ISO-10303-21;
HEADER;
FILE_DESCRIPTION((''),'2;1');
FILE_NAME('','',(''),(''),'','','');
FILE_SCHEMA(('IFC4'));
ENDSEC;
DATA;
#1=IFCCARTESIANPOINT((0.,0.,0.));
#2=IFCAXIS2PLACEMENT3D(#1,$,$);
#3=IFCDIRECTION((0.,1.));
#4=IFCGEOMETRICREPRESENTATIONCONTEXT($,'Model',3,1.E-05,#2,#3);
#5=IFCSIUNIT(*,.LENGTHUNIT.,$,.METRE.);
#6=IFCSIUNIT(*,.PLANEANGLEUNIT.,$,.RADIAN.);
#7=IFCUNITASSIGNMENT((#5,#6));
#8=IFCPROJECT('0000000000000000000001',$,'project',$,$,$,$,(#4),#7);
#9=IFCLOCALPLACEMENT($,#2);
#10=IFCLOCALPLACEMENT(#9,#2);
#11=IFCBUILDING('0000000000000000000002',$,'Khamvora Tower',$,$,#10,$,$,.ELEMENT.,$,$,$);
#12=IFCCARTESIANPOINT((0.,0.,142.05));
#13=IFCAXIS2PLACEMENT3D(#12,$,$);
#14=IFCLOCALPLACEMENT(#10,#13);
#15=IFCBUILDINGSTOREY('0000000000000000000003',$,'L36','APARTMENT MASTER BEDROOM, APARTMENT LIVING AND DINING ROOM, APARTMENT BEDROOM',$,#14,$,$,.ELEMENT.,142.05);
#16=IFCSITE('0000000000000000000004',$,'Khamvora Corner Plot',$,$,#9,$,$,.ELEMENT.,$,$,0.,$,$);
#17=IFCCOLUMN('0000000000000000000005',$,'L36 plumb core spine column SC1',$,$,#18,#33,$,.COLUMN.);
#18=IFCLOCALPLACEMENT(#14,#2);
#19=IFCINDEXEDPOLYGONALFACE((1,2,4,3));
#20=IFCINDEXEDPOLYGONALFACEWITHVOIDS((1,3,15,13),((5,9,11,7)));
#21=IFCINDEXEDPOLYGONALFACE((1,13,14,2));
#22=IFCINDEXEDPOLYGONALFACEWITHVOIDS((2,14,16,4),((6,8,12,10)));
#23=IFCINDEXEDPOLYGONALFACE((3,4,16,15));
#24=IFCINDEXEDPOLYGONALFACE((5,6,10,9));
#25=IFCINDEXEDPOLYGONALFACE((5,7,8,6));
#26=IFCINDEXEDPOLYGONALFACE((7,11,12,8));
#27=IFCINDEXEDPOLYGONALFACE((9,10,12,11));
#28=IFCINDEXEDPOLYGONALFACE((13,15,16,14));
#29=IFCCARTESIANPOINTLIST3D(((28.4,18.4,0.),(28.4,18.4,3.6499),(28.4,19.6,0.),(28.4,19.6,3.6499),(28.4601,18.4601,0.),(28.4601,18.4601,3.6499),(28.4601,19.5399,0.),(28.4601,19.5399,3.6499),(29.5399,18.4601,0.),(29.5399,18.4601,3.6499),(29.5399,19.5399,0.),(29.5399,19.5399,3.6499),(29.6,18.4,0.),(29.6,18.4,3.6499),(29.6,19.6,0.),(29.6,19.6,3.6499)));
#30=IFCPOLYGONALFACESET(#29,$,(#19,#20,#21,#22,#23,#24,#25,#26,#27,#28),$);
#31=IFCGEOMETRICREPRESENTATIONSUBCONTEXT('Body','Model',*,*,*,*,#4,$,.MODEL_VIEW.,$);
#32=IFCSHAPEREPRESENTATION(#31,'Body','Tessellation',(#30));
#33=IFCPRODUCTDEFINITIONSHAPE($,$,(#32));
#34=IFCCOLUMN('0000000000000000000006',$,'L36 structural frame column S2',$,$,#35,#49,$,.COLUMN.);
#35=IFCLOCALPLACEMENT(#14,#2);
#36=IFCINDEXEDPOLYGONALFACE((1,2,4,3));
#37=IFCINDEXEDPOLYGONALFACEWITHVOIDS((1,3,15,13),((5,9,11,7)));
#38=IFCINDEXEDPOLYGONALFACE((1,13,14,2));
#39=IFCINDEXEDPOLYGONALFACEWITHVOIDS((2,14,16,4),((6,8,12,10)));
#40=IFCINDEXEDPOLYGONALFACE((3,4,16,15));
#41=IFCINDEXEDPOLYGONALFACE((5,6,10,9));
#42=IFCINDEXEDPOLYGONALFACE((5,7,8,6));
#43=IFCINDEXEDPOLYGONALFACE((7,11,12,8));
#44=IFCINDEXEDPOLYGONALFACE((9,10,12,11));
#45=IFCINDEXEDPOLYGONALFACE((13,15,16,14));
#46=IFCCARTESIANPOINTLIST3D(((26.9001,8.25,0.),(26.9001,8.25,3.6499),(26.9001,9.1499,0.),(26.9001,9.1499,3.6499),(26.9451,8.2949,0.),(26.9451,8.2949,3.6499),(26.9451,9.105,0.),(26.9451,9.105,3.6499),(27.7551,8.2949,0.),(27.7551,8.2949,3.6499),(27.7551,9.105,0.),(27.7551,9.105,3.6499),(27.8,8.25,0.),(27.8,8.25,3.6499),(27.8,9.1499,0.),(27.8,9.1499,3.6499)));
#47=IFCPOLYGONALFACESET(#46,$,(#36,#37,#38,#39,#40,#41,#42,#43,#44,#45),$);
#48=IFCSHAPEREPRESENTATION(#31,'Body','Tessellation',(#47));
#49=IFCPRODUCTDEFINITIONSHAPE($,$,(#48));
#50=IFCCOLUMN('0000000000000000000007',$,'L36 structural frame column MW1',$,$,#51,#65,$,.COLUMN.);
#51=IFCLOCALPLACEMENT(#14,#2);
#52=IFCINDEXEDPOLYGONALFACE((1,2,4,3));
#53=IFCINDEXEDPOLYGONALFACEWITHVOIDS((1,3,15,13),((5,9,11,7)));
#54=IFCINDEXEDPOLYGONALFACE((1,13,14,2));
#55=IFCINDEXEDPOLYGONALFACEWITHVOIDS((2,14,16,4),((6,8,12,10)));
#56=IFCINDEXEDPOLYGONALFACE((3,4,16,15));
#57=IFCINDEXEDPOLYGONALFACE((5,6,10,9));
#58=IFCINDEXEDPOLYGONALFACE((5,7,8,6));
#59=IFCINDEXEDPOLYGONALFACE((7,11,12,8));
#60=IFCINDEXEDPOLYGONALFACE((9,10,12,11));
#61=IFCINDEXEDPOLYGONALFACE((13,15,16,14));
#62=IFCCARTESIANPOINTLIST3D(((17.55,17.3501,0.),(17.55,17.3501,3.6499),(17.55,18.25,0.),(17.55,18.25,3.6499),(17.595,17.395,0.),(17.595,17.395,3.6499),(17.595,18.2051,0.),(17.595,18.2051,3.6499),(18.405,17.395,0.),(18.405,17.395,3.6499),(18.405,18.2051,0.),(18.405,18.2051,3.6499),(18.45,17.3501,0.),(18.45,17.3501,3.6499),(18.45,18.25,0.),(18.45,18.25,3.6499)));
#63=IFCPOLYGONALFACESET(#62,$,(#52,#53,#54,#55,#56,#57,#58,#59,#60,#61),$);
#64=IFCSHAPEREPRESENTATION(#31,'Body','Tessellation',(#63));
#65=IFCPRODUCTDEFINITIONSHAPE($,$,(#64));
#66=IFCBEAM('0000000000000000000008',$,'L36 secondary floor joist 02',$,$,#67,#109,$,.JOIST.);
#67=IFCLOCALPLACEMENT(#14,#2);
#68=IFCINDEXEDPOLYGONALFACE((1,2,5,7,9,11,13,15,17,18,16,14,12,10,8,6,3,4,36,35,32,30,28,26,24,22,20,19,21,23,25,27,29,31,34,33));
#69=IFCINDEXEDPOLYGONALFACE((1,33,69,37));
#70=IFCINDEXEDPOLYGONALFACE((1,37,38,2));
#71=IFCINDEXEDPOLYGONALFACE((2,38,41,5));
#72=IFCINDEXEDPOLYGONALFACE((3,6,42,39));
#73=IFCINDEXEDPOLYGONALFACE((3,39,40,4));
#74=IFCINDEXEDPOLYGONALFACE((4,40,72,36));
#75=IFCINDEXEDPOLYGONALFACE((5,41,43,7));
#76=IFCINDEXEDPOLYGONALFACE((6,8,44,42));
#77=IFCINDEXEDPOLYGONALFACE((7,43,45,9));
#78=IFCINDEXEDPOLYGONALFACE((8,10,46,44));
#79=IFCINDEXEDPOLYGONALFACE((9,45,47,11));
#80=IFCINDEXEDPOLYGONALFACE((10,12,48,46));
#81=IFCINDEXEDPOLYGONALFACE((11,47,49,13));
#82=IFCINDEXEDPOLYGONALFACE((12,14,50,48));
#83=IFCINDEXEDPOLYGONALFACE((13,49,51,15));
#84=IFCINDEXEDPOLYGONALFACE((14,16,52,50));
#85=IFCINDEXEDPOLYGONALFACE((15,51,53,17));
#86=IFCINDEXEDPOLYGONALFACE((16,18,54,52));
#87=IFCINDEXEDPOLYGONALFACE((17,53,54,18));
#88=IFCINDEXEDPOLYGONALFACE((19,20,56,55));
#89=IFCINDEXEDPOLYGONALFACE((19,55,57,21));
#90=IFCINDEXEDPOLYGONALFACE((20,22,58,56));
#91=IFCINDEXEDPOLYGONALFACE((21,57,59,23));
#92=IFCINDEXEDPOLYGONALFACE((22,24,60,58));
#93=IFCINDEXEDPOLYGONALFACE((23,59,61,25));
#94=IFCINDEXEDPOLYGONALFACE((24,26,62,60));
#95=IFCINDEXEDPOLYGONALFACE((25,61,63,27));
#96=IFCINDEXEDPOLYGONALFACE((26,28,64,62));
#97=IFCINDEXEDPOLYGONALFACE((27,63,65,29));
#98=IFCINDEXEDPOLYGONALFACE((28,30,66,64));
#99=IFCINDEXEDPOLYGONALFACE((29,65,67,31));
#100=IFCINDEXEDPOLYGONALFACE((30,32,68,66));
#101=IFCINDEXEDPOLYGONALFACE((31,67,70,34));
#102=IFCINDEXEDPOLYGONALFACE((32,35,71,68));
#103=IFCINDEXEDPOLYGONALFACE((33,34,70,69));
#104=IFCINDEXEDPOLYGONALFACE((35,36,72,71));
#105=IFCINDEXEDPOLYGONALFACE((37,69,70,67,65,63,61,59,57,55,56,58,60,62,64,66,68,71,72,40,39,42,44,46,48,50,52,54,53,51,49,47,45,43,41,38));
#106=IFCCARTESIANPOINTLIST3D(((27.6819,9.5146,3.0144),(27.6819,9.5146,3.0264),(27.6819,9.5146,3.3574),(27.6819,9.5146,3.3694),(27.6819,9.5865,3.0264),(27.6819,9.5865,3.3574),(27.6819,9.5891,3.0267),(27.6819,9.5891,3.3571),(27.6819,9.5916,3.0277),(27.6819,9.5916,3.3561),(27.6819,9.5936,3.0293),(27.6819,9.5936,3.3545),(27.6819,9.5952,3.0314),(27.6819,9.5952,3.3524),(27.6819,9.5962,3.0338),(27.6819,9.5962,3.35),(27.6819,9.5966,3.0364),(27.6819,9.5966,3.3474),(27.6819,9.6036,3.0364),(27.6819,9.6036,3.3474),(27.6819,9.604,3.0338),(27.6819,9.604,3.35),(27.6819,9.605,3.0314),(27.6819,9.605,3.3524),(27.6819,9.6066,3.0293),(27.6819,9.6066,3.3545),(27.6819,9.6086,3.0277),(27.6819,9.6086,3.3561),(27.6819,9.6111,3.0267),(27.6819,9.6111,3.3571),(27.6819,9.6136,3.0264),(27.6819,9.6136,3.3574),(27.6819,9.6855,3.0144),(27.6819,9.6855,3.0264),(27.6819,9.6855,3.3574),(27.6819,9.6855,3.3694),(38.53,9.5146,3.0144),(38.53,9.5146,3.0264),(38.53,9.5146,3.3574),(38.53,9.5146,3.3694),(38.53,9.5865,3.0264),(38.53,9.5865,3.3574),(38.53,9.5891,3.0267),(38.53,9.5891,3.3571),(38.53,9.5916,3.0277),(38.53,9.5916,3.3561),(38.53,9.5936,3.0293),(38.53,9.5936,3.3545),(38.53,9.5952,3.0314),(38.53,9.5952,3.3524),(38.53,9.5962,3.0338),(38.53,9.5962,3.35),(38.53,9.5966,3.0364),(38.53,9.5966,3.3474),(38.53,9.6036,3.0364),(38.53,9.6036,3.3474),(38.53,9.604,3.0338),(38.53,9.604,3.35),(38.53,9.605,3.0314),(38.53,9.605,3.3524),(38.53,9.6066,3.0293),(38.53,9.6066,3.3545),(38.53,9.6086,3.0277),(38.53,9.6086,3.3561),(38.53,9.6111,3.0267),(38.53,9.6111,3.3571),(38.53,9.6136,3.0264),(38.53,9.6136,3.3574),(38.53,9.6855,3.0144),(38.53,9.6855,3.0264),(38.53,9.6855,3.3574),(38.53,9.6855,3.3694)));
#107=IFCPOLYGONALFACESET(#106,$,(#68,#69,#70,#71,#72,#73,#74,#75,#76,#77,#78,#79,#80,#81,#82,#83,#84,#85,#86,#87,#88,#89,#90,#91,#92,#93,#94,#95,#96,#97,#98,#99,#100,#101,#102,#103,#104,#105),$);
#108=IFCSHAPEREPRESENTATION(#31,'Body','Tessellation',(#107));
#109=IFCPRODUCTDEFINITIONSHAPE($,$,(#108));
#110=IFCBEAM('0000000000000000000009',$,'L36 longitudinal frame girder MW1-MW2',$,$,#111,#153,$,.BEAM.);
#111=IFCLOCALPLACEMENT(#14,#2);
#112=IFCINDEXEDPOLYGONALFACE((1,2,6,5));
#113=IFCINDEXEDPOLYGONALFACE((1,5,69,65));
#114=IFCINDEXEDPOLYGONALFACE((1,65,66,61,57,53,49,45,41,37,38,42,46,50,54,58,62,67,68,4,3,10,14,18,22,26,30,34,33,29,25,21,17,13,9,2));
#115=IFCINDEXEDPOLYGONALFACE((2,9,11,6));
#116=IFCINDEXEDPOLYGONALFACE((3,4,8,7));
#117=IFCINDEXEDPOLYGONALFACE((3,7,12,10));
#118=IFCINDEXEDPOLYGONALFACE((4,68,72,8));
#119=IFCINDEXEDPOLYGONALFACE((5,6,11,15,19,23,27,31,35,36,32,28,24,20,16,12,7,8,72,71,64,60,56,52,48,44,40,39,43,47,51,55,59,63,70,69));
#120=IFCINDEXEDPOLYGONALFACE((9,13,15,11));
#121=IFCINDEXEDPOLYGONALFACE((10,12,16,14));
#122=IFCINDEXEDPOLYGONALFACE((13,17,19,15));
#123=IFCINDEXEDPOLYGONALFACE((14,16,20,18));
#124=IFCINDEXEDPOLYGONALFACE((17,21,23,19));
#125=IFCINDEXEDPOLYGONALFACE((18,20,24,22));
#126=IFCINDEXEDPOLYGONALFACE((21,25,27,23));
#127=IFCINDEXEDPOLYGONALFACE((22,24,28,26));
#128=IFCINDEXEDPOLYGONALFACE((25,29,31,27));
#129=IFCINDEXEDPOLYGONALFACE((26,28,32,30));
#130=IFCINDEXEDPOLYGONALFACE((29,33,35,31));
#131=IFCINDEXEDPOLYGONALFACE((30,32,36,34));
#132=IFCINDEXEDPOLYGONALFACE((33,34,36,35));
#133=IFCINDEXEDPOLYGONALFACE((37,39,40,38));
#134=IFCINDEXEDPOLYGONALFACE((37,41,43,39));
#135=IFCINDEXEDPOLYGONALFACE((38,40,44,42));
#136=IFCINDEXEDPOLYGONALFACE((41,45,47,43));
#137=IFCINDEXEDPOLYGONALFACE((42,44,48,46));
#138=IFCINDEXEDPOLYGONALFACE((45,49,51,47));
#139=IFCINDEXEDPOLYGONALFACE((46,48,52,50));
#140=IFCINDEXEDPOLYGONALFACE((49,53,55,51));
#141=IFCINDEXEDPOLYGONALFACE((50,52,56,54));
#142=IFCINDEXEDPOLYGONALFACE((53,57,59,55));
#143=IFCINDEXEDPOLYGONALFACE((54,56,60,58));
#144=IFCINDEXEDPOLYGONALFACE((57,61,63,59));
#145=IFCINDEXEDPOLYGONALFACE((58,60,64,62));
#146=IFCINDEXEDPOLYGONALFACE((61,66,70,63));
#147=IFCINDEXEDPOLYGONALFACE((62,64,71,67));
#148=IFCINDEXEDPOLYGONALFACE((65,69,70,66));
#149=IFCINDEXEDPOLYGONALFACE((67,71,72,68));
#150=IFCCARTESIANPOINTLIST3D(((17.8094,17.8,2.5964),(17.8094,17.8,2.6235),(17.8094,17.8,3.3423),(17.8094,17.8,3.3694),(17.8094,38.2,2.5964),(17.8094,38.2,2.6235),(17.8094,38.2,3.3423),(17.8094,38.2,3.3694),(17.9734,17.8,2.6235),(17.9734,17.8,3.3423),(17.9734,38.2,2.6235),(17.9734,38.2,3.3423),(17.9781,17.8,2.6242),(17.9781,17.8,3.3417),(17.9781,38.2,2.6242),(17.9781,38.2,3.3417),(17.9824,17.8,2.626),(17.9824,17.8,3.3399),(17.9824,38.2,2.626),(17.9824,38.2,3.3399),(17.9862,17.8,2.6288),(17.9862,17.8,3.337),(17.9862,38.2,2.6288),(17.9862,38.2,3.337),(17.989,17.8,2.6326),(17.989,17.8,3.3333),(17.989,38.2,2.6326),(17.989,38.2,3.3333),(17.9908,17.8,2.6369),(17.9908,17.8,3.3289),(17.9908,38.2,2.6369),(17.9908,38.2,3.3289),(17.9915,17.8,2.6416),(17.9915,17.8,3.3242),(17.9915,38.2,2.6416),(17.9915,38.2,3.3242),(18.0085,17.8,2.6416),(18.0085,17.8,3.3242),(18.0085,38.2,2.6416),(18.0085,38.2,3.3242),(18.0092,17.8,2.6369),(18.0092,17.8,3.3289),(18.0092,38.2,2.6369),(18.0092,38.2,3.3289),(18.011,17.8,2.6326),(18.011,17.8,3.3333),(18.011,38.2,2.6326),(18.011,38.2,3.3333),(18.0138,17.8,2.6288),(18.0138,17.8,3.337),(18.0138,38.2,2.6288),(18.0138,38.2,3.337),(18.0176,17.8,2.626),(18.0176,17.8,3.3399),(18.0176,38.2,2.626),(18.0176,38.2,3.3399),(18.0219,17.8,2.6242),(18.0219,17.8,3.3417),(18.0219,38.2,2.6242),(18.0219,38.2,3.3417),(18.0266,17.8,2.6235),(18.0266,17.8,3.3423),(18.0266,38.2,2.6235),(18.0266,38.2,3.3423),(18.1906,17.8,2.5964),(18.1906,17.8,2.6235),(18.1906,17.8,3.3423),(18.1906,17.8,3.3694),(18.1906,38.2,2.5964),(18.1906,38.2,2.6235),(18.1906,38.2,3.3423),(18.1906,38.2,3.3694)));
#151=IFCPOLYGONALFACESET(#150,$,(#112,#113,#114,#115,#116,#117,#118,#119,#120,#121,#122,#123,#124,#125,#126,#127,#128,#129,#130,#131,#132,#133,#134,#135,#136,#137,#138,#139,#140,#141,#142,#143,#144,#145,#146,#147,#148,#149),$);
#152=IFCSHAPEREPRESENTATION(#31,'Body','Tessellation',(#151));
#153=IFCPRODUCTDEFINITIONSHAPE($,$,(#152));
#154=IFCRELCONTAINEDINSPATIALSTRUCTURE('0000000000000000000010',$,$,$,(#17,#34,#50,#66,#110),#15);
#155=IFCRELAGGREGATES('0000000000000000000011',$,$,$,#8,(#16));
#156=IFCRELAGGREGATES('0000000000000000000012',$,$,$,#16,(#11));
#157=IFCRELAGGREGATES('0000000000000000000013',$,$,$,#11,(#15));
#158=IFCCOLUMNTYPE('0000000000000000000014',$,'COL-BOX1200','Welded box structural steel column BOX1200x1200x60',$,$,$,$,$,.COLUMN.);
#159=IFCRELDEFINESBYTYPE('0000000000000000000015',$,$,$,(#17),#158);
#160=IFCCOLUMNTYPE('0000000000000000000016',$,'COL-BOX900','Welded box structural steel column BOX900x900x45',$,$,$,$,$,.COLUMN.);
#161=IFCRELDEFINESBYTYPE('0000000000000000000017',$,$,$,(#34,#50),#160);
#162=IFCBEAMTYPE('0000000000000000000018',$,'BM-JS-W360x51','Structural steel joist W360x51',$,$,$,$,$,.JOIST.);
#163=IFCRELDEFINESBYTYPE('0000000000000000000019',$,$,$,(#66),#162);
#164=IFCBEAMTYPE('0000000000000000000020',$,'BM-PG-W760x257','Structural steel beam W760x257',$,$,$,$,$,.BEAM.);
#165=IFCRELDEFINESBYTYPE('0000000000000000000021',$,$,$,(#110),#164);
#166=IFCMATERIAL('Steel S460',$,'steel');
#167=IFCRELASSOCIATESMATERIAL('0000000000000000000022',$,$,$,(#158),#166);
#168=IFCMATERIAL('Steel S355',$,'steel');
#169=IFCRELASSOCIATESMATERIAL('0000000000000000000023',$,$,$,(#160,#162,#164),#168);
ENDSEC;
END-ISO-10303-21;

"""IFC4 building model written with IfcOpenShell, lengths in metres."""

from ifc_helpers import new_model, si_unit, direction, frame, origin, origin_2d, place, context, subcontext, project, spatial, hollow_rectangle, i_section, extrude, material, material_profile, profile_set, type_object, element, save


model = new_model("IFC4")

# Units and contexts
model_context = context("Model", 3, precision=1e-05, world=origin(), true_north=direction((0.0, 1.0)))
body_context = subcontext(model_context, "Body", "Model", "MODEL_VIEW")
ifc_project = project(units=[si_unit("LENGTHUNIT", "METRE"), si_unit("PLANEANGLEUNIT", "RADIAN")], contexts=[model_context])

# Site, building, storey
site_placement = place(None, origin())
site = spatial("IfcSite", under=ifc_project, at=site_placement, Name="Khamvora Corner Plot", CompositionType="ELEMENT", RefElevation=0.0)
building_placement = place(site_placement, origin())
building = spatial("IfcBuilding", under=site, at=building_placement, Name="Khamvora Tower", CompositionType="ELEMENT")
storey_placement = place(building_placement, frame((0.0, 0.0, 142.05)))
storey = spatial("IfcBuildingStorey", under=building, at=storey_placement, Name="L36", Description="APARTMENT MASTER BEDROOM, APARTMENT LIVING AND DINING ROOM, APARTMENT BEDROOM", CompositionType="ELEMENT", Elevation=142.05)

# Columns
ifc_material_1 = material(Name="Steel S460", Category="steel")
ifc_material_profile_1 = material_profile(ifc_material_1, hollow_rectangle(XDim=1.2, YDim=1.2, WallThickness=0.0601, at=origin_2d()), Name="BOX1200x1200x60")
ifc_profile_set_1 = profile_set([ifc_material_profile_1], Name="Steel S460")
column_type_1 = type_object("IfcColumnType", Name="COL-BOX1200", Description="Welded box structural steel column BOX1200x1200x60", PredefinedType="COLUMN", material=ifc_profile_set_1)
column_placement = place(storey_placement, frame((29.0, 19.0, 0.0), z_axis=(0.0, 0.0, 1.0), x_axis=(1.0, 0.0, 0.0)))
element("IfcColumn", 1, at=column_placement, inside=storey, type_object=column_type_1, Name="L36 plumb core spine column SC1", PredefinedType="COLUMN", context=body_context, shape_type="SweptSolid", body=[
    extrude(hollow_rectangle(XDim=1.2, YDim=1.2, WallThickness=0.0601, at=origin_2d()), origin(), (0.0, 0.0, 1.0), 3.6499),
])
ifc_material_2 = material(Name="Steel S355", Category="steel")
ifc_material_profile_2 = material_profile(ifc_material_2, hollow_rectangle(XDim=0.8999, YDim=0.8999, WallThickness=0.0449, at=origin_2d()), Name="BOX900x900x45")
ifc_profile_set_2 = profile_set([ifc_material_profile_2], Name="Steel S355")
column_type_2 = type_object("IfcColumnType", Name="COL-BOX900", Description="Welded box structural steel column BOX900x900x45", PredefinedType="COLUMN", material=ifc_profile_set_2)
for number, where, z_axis, x_axis, name in (
    (2, (27.3501, 8.7, 0.0), (0.0, 0.0, 1.0), (1.0, 0.0, 0.0), "L36 structural frame column S2"),
    (3, (18.0, 17.8, 0.0), (0.0, 0.0, 1.0), (1.0, 0.0, 0.0), "L36 structural frame column MW1"),
):
    element("IfcColumn", number, at=place(storey_placement, frame(where, z_axis=z_axis, x_axis=x_axis)), inside=storey, type_object=column_type_2, Name=name, PredefinedType="COLUMN", context=body_context, shape_type="SweptSolid", body=[
        extrude(hollow_rectangle(XDim=0.8999, YDim=0.8999, WallThickness=0.0449, at=origin_2d()), origin(), (0.0, 0.0, 1.0), 3.6499),
    ])

# Beams
ifc_material_profile_3 = material_profile(ifc_material_2, i_section(OverallWidth=0.1709, OverallDepth=0.355, WebThickness=0.0071, FlangeThickness=0.012, FilletRadius=0.01, at=origin_2d()), Name="W360x51")
ifc_profile_set_3 = profile_set([ifc_material_profile_3], Name="Steel S355")
beam_type_1 = type_object("IfcBeamType", Name="BM-JS-W360x51", Description="Structural steel joist W360x51", PredefinedType="JOIST", material=ifc_profile_set_3)
beam_1_placement = place(storey_placement, frame((27.6819, 9.6001, 3.1919), z_axis=(1.0, 0.0, 0.0), x_axis=(0.0, 1.0, 0.0)))
element("IfcBeam", 4, at=beam_1_placement, inside=storey, type_object=beam_type_1, Name="L36 secondary floor joist 02", PredefinedType="JOIST", context=body_context, shape_type="SweptSolid", body=[
    extrude(i_section(OverallWidth=0.1709, OverallDepth=0.355, WebThickness=0.0071, FlangeThickness=0.012, FilletRadius=0.01, at=origin_2d()), origin(), (0.0, 0.0, 1.0), 10.8481),
])
ifc_material_profile_4 = material_profile(ifc_material_2, i_section(OverallWidth=0.3811, OverallDepth=0.7729, WebThickness=0.0171, FlangeThickness=0.0271, FilletRadius=0.0181, at=origin_2d()), Name="W760x257")
ifc_profile_set_4 = profile_set([ifc_material_profile_4], Name="Steel S355")
beam_type_2 = type_object("IfcBeamType", Name="BM-PG-W760x257", Description="Structural steel beam W760x257", PredefinedType="BEAM", material=ifc_profile_set_4)
beam_2_placement = place(storey_placement, frame((18.0, 17.8, 2.9829), z_axis=(0.0, 1.0, 0.0), x_axis=(-1.0, 0.0, 0.0)))
element("IfcBeam", 5, at=beam_2_placement, inside=storey, type_object=beam_type_2, Name="L36 longitudinal frame girder MW1-MW2", PredefinedType="BEAM", context=body_context, shape_type="SweptSolid", body=[
    extrude(i_section(OverallWidth=0.3811, OverallDepth=0.7729, WebThickness=0.0171, FlangeThickness=0.0271, FilletRadius=0.0181, at=origin_2d()), origin(), (0.0, 0.0, 1.0), 20.3999),
])

save(model, "model.ifc")
